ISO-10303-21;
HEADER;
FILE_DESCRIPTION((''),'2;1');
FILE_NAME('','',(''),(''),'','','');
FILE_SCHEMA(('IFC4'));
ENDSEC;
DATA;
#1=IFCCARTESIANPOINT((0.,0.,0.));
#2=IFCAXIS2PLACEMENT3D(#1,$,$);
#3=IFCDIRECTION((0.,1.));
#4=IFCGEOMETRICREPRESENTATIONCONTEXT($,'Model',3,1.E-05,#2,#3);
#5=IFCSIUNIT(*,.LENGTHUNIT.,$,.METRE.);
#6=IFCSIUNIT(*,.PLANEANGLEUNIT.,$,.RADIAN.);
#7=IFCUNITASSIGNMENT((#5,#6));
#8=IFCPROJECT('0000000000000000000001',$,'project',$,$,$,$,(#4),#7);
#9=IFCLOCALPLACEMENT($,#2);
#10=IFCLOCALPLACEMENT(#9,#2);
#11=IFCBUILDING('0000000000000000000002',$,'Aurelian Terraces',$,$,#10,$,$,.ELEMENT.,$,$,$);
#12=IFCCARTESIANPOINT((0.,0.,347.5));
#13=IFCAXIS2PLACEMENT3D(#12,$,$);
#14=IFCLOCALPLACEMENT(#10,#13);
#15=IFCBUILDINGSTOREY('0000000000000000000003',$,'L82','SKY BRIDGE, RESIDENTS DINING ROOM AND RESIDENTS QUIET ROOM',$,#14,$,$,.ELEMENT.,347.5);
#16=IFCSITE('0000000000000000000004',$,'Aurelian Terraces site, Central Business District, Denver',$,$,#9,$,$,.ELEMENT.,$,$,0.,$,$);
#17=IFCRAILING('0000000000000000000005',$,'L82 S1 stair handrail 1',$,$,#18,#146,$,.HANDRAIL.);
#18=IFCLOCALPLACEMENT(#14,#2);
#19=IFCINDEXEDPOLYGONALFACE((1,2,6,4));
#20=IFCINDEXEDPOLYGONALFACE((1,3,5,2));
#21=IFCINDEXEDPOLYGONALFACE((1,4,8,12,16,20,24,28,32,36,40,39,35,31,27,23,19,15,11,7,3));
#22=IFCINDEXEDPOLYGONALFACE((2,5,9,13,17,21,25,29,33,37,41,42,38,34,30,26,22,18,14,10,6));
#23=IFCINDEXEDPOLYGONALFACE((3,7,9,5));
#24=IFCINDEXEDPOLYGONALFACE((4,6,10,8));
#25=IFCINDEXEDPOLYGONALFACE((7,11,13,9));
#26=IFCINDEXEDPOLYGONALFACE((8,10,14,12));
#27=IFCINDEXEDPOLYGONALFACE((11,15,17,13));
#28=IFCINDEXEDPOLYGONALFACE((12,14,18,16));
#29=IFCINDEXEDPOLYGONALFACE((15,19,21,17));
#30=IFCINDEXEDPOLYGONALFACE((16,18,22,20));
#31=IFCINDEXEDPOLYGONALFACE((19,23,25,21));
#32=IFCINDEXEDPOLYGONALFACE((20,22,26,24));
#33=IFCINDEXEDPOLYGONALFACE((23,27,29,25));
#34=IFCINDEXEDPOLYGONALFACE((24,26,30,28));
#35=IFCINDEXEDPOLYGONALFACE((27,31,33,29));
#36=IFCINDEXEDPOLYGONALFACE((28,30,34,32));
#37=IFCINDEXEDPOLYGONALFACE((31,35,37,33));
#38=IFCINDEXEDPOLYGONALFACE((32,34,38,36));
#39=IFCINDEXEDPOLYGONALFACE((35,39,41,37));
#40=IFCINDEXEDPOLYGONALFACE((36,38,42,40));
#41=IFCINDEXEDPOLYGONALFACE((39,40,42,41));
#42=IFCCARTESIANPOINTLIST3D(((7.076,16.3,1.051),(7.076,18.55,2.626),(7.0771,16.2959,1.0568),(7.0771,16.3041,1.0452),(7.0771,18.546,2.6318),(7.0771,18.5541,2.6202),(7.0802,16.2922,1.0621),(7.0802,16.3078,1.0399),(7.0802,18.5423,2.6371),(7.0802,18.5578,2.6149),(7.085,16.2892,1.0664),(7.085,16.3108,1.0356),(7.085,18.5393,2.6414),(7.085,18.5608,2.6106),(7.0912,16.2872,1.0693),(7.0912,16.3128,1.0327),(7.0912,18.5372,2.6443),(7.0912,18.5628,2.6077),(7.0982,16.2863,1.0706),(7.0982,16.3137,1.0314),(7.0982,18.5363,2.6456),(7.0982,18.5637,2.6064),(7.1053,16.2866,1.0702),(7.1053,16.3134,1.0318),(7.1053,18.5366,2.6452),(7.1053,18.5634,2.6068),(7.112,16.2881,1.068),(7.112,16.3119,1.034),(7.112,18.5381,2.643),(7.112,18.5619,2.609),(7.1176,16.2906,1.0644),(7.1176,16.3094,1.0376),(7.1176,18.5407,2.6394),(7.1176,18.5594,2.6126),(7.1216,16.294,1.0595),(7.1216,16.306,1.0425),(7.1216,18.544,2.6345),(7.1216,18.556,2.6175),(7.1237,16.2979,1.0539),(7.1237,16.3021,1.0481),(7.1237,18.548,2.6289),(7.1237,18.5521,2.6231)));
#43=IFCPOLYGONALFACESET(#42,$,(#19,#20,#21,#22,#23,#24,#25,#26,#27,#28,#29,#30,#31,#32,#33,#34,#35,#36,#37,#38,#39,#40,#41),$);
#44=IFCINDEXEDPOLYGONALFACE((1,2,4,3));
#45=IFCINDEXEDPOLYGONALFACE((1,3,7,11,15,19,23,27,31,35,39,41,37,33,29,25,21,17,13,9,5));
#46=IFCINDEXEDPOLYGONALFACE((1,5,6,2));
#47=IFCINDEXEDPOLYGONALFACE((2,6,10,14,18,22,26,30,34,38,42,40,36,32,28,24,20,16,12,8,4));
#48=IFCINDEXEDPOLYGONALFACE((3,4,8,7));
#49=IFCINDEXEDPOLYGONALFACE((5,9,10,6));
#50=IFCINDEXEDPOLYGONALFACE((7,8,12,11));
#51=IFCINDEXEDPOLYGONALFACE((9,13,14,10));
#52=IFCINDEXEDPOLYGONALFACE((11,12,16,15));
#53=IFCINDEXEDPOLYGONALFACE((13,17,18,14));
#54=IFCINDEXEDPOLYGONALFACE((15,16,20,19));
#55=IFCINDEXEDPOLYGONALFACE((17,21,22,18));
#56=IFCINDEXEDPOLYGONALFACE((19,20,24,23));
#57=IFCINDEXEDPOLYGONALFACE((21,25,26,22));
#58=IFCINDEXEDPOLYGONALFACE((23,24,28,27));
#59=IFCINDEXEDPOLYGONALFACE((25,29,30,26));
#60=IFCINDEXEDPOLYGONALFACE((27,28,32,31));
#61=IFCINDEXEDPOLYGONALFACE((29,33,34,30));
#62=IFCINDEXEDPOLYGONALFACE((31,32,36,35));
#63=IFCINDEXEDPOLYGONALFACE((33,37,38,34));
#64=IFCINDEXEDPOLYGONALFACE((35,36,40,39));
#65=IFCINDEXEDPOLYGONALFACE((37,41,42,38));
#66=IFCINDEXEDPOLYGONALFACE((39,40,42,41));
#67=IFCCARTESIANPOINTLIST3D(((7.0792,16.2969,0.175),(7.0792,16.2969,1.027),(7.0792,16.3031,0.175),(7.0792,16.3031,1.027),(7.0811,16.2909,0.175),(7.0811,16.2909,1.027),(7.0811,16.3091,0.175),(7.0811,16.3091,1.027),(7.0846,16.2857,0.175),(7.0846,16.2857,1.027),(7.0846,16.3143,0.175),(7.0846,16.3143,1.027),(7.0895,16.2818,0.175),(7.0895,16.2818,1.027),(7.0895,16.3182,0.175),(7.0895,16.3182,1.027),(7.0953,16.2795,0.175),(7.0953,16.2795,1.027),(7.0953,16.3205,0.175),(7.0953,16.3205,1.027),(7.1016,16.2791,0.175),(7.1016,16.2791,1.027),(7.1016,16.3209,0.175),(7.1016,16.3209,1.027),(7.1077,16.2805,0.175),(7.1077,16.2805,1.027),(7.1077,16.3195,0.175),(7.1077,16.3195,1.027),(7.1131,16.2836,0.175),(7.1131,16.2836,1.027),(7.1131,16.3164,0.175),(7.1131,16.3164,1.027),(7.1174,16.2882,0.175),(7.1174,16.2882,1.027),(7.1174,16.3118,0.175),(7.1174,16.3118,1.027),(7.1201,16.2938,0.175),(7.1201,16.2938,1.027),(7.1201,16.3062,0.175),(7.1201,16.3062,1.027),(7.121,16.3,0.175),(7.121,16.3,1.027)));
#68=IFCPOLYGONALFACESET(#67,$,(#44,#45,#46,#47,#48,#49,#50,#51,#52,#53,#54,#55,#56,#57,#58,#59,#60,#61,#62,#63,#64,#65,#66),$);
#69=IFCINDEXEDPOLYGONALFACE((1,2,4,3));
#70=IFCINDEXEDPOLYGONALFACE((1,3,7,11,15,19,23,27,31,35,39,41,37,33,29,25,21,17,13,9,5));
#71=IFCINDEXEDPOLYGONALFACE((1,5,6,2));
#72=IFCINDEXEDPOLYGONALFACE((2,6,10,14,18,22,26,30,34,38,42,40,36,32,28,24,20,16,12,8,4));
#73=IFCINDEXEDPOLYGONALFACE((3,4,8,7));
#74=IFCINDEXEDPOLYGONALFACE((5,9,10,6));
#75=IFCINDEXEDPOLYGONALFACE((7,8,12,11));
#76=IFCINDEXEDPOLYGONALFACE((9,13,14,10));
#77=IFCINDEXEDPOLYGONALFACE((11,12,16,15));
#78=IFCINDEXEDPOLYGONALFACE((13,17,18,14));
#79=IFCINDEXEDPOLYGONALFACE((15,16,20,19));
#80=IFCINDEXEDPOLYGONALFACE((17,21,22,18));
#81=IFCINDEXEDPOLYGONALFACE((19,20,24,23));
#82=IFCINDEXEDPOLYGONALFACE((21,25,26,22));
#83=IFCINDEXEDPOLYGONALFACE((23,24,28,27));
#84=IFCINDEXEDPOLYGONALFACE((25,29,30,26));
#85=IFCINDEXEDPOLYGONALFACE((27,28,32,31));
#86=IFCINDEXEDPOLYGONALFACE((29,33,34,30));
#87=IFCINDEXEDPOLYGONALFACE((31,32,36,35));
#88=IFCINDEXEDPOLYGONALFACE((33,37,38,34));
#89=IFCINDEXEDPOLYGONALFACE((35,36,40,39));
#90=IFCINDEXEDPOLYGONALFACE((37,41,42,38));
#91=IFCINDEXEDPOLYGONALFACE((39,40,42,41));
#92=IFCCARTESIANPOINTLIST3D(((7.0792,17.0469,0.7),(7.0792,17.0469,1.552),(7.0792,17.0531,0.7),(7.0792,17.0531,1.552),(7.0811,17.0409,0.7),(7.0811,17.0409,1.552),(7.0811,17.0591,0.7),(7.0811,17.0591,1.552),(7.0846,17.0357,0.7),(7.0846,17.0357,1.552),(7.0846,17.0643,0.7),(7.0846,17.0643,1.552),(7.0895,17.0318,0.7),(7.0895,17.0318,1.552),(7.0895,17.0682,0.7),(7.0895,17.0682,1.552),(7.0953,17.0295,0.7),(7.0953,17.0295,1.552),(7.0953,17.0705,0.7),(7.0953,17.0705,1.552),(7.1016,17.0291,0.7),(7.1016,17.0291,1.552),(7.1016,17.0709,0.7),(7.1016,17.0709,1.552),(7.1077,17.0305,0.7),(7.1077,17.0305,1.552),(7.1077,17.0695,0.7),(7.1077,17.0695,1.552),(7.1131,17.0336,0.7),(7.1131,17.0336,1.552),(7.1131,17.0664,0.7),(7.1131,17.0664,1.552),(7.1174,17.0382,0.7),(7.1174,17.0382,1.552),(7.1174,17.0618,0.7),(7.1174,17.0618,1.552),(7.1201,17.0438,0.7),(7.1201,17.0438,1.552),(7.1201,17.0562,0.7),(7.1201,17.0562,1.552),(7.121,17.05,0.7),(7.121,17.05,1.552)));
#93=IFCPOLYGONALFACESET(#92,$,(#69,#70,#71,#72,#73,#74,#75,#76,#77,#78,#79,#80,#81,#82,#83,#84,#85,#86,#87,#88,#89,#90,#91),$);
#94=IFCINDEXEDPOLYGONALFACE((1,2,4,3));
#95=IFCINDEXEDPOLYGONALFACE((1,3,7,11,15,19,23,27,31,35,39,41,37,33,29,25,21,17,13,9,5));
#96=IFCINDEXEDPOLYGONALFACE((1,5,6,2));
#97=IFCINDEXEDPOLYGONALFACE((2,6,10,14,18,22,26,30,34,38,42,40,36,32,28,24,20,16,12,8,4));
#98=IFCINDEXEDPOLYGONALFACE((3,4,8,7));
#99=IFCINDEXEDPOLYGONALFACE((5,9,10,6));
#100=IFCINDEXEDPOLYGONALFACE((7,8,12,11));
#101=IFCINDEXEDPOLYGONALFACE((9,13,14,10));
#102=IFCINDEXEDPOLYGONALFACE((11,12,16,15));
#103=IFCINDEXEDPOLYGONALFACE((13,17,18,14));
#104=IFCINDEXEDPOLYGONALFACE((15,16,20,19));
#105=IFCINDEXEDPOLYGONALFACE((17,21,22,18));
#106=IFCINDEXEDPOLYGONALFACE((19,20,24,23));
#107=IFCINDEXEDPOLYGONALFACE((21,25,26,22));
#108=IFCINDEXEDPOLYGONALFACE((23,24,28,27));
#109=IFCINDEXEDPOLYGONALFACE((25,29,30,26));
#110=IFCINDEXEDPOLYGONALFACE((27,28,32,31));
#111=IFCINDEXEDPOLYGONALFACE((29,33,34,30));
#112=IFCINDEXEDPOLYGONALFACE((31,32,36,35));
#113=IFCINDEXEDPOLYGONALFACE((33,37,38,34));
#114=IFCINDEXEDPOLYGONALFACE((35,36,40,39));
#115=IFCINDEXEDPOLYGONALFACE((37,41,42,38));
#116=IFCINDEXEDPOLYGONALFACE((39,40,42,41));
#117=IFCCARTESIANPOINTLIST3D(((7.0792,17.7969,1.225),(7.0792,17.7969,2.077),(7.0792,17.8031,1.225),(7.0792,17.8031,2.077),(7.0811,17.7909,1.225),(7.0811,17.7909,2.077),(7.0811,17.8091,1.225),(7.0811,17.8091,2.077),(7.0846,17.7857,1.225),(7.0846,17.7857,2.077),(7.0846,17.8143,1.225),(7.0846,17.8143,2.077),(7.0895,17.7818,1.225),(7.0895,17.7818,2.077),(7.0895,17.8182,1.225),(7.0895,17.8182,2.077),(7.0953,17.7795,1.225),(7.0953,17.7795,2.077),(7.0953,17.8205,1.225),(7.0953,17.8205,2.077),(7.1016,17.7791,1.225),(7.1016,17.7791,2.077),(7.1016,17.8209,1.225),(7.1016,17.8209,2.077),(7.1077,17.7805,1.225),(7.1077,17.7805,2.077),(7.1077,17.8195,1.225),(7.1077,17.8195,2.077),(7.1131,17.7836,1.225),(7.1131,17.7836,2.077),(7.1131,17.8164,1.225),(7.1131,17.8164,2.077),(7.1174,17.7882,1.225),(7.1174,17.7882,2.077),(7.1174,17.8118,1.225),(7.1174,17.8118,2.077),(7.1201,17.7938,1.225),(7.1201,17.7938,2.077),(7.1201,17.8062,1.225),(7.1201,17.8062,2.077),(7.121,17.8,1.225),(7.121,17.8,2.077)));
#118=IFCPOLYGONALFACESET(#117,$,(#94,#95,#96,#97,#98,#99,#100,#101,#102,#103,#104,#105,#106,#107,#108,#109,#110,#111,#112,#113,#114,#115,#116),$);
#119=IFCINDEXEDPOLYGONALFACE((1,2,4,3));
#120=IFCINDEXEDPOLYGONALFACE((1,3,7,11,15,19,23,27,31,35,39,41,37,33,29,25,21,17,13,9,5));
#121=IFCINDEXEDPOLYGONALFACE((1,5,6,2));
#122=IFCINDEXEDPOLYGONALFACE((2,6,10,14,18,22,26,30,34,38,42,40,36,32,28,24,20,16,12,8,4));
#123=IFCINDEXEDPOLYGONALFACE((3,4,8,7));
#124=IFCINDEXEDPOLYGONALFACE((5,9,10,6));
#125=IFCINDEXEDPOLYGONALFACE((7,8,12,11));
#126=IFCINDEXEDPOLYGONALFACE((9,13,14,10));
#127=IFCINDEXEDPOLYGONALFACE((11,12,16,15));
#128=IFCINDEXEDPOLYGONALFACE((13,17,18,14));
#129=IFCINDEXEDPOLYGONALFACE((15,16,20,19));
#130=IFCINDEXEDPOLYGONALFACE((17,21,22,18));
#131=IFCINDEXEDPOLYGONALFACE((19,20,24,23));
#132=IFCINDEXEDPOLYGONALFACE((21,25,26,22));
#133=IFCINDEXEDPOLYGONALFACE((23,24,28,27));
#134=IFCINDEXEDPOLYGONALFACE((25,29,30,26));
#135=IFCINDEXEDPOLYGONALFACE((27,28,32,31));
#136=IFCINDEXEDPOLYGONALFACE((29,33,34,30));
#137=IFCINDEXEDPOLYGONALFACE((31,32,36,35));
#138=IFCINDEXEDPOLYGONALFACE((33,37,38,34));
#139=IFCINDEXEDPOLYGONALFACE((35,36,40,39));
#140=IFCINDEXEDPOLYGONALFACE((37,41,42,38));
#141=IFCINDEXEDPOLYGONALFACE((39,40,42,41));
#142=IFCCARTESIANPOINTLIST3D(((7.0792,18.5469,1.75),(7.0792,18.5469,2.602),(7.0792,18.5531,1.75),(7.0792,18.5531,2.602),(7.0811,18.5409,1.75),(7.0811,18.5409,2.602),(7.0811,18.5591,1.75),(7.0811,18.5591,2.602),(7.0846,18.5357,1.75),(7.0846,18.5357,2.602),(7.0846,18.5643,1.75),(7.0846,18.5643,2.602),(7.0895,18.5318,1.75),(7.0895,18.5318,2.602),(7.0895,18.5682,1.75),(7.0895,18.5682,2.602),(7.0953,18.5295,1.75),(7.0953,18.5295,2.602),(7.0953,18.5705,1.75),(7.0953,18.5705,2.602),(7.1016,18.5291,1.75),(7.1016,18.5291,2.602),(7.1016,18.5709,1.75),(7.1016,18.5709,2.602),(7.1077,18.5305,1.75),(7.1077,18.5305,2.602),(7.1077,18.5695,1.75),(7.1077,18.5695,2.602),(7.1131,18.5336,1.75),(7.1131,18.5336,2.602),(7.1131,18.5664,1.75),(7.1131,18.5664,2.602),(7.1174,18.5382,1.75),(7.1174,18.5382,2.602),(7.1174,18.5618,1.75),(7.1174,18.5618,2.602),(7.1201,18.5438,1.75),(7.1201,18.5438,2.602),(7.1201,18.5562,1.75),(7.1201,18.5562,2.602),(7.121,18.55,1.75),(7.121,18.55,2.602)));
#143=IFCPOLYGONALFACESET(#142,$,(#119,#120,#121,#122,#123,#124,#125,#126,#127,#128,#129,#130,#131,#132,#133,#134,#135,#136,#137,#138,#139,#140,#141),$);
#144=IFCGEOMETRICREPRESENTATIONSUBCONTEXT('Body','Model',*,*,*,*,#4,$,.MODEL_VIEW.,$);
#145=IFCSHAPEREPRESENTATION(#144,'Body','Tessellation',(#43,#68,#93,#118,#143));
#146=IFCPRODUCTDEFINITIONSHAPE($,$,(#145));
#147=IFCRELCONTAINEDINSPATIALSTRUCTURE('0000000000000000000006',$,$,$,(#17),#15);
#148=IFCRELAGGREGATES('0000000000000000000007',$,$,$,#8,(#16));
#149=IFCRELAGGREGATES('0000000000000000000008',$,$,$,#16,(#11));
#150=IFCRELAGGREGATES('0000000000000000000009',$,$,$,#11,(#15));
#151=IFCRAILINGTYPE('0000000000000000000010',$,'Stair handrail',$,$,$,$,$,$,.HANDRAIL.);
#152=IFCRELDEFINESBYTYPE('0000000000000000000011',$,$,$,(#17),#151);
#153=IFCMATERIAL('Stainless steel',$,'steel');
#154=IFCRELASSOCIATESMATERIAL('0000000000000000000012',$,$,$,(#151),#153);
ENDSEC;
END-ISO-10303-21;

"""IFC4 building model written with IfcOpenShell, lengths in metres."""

from ifc_helpers import new_model, si_unit, direction, frame, origin, origin_2d, place, context, subcontext, project, spatial, circle, extrude, source, transform, mapped, material, type_object, element, save


model = new_model("IFC4")

# Units and contexts
model_context = context("Model", 3, precision=1e-05, world=origin(), true_north=direction((0.0, 1.0)))
body_context = subcontext(model_context, "Body", "Model", "MODEL_VIEW")
ifc_project = project(units=[si_unit("LENGTHUNIT", "METRE"), si_unit("PLANEANGLEUNIT", "RADIAN")], contexts=[model_context])

# Site, building, storey
site_placement = place(None, origin())
site = spatial("IfcSite", under=ifc_project, at=site_placement, Name="Aurelian Terraces site, Central Business District, Denver", CompositionType="ELEMENT", RefElevation=0.0)
building_placement = place(site_placement, origin())
building = spatial("IfcBuilding", under=site, at=building_placement, Name="Aurelian Terraces", CompositionType="ELEMENT")
storey_placement = place(building_placement, frame((0.0, 0.0, 347.5)))
storey = spatial("IfcBuildingStorey", under=building, at=storey_placement, Name="L82", Description="SKY BRIDGE, RESIDENTS DINING ROOM AND RESIDENTS QUIET ROOM", CompositionType="ELEMENT", Elevation=347.5)

# Railing
ifc_material_1 = material(Name="Stainless steel", Category="steel")
railing_type_1 = type_object("IfcRailingType", Name="Stair handrail", PredefinedType="HANDRAIL", material=ifc_material_1)
shared_shape_1 = source(origin(), body_context, "Body", "SweptSolid", [
    extrude(circle(Radius=0.024, at=origin_2d()), frame((0.0, 0.0, 0.876), z_axis=(0.0, 0.819232, 0.573462), x_axis=(-1.0, 0.0, 0.0)), (0.0, 0.0, 1.0), 2.7465),
    extrude(circle(Radius=0.021, at=origin_2d()), origin(), (0.0, 0.0, 1.0), 0.852),
    extrude(circle(Radius=0.021, at=origin_2d()), frame((0.0, 0.75, 0.525)), (0.0, 0.0, 1.0), 0.852),
    extrude(circle(Radius=0.021, at=origin_2d()), frame((0.0, 1.5, 1.05)), (0.0, 0.0, 1.0), 0.852),
    extrude(circle(Radius=0.021, at=origin_2d()), frame((0.0, 2.25, 1.575)), (0.0, 0.0, 1.0), 0.852),
])
railing_1_placement = place(storey_placement, frame((7.1, 16.3, 0.175)))
element("IfcRailing", 1, at=railing_1_placement, inside=storey, type_object=railing_type_1, Name="L82 S1 stair handrail 1", PredefinedType="HANDRAIL", context=body_context, shape_type="MappedRepresentation", body=[
    mapped(shared_shape_1, transform((0.0, 0.0, 0.0), scale=1.0)),
])

save(model, "model.ifc")
